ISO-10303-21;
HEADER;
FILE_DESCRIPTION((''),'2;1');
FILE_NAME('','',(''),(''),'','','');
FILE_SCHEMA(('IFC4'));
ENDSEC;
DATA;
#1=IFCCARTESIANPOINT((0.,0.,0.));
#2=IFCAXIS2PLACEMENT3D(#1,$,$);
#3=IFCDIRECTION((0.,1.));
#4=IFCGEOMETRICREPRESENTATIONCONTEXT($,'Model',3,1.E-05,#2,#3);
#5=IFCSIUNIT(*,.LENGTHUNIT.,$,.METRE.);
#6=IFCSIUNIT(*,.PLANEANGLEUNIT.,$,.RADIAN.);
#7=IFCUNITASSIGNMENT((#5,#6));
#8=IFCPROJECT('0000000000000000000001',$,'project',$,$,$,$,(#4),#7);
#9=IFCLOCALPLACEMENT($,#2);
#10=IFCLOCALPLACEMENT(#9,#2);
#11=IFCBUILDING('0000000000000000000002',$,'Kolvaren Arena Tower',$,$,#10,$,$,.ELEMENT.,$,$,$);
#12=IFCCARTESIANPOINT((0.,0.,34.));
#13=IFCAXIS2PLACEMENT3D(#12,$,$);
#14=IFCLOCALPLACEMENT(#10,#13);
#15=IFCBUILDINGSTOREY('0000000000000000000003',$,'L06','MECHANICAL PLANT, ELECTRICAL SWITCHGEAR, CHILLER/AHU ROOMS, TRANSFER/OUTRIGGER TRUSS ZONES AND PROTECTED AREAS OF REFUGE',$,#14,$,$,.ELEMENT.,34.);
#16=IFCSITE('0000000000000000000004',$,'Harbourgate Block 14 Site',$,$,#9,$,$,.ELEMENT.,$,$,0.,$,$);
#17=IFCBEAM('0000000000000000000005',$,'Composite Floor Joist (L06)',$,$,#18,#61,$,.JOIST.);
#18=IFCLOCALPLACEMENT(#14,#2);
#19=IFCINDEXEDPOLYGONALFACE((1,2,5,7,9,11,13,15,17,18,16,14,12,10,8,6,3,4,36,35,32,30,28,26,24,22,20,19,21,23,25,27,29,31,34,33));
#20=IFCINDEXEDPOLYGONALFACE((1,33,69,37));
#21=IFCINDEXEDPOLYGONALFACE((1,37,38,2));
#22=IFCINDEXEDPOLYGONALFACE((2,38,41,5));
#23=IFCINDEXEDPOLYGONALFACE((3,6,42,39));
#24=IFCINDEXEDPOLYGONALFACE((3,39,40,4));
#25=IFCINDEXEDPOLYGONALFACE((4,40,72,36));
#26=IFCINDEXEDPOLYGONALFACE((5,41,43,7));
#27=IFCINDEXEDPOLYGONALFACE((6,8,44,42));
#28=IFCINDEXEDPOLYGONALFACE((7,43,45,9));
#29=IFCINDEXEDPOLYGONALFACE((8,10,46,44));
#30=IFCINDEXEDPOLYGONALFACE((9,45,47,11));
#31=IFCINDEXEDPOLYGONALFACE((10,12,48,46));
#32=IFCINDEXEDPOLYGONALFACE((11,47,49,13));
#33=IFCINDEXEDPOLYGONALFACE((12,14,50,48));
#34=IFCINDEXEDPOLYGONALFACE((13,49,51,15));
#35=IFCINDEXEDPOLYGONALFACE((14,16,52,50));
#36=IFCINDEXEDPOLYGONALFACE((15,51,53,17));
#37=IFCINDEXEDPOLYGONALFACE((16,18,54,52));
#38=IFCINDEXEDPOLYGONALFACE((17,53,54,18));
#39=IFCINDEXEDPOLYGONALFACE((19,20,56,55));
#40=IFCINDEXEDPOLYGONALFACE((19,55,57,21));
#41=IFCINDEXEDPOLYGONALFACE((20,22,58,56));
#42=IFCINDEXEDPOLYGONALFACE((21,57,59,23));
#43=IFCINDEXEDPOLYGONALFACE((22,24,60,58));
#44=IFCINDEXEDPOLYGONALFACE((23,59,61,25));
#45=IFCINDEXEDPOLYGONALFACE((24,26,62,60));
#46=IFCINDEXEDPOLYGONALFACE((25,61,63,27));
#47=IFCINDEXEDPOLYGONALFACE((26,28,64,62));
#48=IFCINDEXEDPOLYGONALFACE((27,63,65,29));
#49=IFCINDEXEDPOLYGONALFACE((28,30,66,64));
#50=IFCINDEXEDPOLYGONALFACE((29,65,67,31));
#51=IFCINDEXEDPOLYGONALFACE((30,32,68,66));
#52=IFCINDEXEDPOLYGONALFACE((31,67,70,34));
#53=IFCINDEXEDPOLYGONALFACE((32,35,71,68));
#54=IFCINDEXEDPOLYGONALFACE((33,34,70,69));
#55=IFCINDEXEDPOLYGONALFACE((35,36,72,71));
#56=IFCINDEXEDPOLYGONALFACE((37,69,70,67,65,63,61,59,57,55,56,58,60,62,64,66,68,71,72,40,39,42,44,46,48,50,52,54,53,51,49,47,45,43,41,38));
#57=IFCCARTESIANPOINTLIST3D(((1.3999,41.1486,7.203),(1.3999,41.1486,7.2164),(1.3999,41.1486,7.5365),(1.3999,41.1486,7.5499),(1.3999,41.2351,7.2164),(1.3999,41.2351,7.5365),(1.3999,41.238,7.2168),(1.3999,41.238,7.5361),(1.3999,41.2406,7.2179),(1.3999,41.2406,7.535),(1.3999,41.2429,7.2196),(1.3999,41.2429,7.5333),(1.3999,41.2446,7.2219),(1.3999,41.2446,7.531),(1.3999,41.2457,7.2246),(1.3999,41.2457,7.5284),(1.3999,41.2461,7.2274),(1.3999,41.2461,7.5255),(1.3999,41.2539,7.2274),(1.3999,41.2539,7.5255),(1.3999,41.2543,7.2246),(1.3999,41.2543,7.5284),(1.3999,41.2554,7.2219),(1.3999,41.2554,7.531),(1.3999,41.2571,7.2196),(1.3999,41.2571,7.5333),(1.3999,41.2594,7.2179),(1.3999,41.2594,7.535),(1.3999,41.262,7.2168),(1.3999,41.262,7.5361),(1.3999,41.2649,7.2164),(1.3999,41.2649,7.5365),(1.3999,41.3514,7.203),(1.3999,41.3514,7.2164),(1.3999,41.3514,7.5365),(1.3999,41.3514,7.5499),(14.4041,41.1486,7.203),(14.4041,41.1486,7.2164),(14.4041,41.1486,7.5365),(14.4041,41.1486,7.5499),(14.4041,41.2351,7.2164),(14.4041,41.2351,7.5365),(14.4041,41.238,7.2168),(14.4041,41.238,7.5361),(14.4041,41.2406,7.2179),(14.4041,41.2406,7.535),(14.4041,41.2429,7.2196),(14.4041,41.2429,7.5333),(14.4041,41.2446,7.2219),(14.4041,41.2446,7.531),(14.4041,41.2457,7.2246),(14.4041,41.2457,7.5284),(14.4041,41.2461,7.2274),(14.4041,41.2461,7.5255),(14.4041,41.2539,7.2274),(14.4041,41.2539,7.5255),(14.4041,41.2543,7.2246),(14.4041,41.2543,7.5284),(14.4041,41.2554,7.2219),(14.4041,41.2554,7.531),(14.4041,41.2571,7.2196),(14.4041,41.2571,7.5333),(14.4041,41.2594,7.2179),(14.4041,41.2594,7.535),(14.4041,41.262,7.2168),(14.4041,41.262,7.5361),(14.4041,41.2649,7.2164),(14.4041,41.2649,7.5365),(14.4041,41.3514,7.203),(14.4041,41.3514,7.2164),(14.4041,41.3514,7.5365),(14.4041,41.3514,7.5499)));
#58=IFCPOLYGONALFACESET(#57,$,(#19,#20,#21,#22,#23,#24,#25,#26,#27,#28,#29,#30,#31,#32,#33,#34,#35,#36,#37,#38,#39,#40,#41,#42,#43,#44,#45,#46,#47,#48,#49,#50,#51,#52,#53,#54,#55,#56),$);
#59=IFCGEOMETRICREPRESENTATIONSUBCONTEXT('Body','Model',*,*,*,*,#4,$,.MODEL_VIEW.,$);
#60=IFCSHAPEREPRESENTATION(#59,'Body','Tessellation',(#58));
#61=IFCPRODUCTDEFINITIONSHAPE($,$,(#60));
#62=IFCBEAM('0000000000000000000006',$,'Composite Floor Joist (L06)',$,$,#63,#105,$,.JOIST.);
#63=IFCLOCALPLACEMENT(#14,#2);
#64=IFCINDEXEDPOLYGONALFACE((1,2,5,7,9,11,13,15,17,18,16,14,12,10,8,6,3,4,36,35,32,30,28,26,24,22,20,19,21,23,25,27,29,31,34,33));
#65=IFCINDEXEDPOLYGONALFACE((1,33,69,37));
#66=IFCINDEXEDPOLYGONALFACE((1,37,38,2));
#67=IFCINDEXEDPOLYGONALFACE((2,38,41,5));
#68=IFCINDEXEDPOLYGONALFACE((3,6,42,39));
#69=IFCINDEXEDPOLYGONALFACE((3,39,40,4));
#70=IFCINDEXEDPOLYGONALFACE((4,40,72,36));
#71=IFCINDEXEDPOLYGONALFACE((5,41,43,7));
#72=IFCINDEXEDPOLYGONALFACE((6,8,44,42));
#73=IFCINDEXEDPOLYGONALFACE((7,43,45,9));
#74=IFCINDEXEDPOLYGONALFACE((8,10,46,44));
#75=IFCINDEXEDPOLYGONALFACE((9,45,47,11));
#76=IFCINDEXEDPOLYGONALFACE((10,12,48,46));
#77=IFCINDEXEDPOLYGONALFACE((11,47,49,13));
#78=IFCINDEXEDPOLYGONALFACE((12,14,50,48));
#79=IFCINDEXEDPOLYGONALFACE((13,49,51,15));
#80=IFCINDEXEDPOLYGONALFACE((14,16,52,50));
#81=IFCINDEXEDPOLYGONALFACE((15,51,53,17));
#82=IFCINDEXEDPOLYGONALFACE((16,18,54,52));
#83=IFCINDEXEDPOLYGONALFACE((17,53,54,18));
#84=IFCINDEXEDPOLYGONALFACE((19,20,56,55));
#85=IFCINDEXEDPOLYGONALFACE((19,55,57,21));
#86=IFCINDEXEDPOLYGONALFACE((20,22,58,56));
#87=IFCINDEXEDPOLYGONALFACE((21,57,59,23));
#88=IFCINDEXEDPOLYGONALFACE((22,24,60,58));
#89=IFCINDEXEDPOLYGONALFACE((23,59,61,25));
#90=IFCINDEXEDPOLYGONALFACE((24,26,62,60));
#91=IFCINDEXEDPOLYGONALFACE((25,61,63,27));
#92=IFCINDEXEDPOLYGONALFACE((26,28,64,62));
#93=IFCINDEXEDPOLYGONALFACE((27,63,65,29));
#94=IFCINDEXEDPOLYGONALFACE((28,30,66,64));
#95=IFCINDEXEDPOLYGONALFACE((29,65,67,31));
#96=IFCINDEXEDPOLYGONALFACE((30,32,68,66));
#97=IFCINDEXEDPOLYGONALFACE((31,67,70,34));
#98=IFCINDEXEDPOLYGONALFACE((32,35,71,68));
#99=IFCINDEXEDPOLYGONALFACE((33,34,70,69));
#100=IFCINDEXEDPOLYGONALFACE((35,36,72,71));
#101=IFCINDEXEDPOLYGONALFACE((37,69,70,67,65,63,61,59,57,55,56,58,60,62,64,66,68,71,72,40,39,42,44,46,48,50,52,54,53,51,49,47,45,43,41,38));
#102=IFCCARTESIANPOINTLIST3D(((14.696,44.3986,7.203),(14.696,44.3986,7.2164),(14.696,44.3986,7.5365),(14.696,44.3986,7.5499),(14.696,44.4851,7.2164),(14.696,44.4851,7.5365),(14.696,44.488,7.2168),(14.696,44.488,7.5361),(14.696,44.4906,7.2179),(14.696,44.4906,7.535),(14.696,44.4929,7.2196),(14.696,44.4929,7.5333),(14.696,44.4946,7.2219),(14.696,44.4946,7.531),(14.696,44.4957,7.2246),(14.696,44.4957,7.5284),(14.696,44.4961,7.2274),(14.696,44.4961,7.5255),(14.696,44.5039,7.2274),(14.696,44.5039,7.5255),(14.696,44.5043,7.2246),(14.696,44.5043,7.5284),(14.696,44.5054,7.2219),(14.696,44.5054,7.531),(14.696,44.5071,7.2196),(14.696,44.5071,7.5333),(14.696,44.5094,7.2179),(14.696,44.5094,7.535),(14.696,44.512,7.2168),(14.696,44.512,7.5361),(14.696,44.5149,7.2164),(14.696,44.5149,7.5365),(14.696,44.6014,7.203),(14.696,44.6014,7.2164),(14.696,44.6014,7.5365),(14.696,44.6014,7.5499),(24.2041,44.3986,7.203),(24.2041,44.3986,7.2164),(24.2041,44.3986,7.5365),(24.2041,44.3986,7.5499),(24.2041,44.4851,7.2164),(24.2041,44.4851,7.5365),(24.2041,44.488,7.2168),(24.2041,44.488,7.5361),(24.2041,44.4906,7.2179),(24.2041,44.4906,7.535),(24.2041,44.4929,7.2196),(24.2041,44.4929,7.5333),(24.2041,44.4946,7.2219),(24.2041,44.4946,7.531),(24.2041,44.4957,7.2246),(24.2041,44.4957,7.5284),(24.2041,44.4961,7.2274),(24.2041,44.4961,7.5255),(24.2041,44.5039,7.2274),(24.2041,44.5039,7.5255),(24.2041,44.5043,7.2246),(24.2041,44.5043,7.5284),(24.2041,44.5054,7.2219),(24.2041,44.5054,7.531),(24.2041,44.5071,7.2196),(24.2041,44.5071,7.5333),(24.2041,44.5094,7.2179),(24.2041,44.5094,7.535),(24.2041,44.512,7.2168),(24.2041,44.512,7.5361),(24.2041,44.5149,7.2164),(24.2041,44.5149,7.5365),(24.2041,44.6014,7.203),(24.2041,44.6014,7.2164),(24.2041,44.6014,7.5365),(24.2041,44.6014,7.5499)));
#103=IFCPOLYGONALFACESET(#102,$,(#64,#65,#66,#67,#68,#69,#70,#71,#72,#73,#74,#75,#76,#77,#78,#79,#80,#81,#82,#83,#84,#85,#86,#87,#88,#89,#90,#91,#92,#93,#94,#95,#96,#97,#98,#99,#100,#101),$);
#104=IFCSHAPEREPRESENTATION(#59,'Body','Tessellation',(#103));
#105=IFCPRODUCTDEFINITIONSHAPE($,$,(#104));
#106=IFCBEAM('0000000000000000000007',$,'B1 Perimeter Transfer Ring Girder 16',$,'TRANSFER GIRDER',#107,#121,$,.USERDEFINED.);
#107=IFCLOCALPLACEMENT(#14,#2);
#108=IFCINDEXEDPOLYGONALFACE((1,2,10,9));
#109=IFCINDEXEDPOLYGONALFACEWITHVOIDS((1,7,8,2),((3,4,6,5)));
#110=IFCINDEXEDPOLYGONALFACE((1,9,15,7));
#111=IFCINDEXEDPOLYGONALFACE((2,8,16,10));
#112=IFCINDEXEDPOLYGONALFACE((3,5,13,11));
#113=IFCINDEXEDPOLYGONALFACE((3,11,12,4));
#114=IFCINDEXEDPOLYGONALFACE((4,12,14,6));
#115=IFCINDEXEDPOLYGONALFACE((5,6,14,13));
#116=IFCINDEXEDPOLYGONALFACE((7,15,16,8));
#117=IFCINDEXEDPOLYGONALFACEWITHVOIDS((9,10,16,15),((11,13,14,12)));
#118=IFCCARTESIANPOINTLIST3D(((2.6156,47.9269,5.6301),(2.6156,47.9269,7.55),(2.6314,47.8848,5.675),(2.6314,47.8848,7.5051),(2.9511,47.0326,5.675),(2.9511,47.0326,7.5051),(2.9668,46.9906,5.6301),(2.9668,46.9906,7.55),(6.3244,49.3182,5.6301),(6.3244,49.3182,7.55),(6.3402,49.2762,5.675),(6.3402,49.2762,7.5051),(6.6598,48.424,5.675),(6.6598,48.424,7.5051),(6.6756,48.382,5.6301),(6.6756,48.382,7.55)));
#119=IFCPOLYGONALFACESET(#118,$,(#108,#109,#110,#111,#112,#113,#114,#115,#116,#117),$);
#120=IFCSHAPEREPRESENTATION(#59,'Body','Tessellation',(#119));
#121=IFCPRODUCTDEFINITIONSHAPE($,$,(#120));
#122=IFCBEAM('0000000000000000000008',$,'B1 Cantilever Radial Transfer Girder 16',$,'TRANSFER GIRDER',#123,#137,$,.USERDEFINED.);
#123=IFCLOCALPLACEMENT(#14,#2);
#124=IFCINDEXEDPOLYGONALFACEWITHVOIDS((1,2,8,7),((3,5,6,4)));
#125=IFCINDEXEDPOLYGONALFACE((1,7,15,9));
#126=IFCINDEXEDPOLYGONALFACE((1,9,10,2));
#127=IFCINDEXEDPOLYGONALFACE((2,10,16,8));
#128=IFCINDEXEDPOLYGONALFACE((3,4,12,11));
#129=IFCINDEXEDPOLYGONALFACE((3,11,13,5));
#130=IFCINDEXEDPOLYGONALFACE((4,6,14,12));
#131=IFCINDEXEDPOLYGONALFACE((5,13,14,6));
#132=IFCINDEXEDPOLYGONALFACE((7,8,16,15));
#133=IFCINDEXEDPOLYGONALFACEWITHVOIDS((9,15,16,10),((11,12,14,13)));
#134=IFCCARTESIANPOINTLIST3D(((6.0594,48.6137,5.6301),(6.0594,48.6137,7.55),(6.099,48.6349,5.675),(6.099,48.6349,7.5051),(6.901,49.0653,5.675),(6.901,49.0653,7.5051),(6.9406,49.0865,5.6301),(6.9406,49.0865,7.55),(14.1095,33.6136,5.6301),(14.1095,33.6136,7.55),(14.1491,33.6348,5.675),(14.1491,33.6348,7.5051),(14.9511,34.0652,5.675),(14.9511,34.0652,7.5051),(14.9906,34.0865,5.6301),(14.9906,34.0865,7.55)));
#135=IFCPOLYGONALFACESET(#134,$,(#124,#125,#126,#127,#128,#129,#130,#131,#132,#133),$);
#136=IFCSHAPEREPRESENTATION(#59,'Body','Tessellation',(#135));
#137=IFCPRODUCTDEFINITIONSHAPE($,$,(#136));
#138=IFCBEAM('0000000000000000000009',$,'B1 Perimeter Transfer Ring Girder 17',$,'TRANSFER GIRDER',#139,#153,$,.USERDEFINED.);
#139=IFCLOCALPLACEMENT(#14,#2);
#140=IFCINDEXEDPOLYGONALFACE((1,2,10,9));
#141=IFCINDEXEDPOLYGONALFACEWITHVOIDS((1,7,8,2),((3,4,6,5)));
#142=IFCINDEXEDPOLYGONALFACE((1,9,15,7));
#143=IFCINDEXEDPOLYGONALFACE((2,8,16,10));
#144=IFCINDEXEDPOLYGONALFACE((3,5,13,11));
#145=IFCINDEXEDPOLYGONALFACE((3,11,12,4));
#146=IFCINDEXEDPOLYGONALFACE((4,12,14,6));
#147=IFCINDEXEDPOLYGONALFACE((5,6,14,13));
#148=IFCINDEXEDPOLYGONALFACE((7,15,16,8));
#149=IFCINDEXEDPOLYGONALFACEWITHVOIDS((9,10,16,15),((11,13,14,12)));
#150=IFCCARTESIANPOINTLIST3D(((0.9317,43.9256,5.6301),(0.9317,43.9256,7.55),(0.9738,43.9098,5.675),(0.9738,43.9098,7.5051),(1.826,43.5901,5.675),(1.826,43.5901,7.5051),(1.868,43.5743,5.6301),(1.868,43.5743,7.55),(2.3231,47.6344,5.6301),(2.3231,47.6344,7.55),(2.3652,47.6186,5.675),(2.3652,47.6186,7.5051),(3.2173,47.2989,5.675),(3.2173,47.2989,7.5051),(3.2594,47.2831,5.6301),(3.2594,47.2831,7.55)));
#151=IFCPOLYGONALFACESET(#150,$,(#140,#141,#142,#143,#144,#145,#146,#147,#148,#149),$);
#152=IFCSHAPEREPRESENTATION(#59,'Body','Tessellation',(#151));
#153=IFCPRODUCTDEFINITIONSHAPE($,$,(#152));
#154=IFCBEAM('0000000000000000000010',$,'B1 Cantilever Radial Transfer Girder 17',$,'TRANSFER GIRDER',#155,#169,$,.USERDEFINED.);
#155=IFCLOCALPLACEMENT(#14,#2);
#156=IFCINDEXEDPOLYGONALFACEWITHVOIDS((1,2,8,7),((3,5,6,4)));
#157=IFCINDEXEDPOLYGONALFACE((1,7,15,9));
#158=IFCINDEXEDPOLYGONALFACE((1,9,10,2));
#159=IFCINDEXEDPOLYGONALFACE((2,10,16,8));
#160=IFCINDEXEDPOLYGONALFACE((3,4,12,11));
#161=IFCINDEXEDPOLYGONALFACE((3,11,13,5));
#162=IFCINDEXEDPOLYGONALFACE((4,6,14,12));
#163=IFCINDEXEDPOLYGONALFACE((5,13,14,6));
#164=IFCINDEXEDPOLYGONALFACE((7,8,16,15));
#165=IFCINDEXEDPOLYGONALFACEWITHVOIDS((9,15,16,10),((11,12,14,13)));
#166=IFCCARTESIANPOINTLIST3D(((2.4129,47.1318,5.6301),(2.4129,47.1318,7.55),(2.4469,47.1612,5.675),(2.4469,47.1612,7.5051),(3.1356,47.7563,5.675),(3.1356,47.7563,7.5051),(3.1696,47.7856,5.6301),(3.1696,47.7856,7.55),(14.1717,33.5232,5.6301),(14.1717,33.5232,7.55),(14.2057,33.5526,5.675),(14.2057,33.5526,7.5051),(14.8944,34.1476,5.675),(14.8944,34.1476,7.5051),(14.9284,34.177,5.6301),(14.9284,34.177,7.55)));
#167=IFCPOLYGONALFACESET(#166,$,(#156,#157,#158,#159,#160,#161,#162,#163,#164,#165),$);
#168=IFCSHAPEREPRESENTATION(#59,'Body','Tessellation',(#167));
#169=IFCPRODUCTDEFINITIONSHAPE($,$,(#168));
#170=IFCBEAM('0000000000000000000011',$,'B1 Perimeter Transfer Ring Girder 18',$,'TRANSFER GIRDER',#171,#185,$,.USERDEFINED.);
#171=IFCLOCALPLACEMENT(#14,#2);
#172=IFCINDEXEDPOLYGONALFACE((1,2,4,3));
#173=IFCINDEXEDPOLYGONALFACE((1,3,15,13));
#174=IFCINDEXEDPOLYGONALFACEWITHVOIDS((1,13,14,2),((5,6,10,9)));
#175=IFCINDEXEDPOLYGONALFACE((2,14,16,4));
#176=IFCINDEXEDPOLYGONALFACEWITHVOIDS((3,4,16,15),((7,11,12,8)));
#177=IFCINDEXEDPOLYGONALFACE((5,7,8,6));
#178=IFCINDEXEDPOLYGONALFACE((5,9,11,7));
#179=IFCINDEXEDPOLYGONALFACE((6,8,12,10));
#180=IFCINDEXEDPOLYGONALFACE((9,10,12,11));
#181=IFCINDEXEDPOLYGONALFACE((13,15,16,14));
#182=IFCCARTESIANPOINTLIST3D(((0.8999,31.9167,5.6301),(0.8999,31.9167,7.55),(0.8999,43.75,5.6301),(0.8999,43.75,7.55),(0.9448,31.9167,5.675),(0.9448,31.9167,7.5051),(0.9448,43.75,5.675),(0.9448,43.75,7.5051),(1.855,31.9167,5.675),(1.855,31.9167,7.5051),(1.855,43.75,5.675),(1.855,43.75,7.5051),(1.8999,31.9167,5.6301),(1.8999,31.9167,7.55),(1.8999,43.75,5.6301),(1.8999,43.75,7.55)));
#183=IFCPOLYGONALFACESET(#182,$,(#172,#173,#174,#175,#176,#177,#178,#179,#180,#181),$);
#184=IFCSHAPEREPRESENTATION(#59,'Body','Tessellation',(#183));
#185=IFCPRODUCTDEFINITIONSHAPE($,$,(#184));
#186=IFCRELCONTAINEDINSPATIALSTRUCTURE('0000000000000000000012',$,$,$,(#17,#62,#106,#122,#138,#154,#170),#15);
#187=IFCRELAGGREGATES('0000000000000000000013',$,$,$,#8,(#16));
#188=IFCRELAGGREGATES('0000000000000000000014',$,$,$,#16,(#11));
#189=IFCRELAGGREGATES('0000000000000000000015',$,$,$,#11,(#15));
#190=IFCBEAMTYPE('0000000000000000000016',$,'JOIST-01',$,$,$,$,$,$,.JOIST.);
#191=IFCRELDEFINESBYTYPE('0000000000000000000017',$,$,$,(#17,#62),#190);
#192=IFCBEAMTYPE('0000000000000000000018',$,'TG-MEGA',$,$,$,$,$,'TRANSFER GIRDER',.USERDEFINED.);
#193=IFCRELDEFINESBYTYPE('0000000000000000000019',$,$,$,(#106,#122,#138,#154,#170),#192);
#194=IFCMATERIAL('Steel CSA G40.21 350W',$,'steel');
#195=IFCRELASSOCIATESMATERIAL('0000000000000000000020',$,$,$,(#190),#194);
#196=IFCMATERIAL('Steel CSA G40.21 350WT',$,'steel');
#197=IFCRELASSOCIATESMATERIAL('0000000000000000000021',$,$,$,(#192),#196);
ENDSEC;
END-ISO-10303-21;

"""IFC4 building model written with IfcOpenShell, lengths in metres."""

from ifc_helpers import new_model, si_unit, direction, frame, origin, origin_2d, place, context, subcontext, project, spatial, hollow_rectangle, i_section, extrude, material, material_profile, profile_set, type_object, element, save


model = new_model("IFC4")

# Units and contexts
model_context = context("Model", 3, precision=1e-05, world=origin(), true_north=direction((0.0, 1.0)))
body_context = subcontext(model_context, "Body", "Model", "MODEL_VIEW")
ifc_project = project(units=[si_unit("LENGTHUNIT", "METRE"), si_unit("PLANEANGLEUNIT", "RADIAN")], contexts=[model_context])

# Site, building, storey
site_placement = place(None, origin())
site = spatial("IfcSite", under=ifc_project, at=site_placement, Name="Harbourgate Block 14 Site", CompositionType="ELEMENT", RefElevation=0.0)
building_placement = place(site_placement, origin())
building = spatial("IfcBuilding", under=site, at=building_placement, Name="Kolvaren Arena Tower", CompositionType="ELEMENT")
storey_placement = place(building_placement, frame((0.0, 0.0, 34.0)))
storey = spatial("IfcBuildingStorey", under=building, at=storey_placement, Name="L06", Description="MECHANICAL PLANT, ELECTRICAL SWITCHGEAR, CHILLER/AHU ROOMS, TRANSFER/OUTRIGGER TRUSS ZONES AND PROTECTED AREAS OF REFUGE", CompositionType="ELEMENT", Elevation=34.0)

# Shared definitions
ifc_material_1 = material(Name="Steel CSA G40.21 350W", Category="steel")

# Shared definitions
ifc_material_2 = material(Name="Steel CSA G40.21 350WT", Category="steel")

# Beams
ifc_material_profile_1 = material_profile(ifc_material_1, i_section(OverallWidth=0.2029, OverallDepth=0.3469, WebThickness=0.0078, FlangeThickness=0.0134, FilletRadius=0.011, at=origin_2d()), Name="W360x64")
ifc_profile_set_1 = profile_set([ifc_material_profile_1], Name="Steel CSA G40.21 350W")
beam_type_1 = type_object("IfcBeamType", Name="JOIST-01", PredefinedType="JOIST", material=ifc_profile_set_1)
for number, where, z_axis, x_axis, name in (
    (1, (1.3999, 41.25, 7.3765), (1.0, 0.0, 0.0), (0.0, 1.0, 0.0), "Composite Floor Joist (L06)"),
):
    element("IfcBeam", number, at=place(storey_placement, frame(where, z_axis=z_axis, x_axis=x_axis)), inside=storey, type_object=beam_type_1, Name=name, PredefinedType="JOIST", context=body_context, shape_type="SweptSolid", body=[
        extrude(i_section(OverallWidth=0.2029, OverallDepth=0.3469, WebThickness=0.0078, FlangeThickness=0.0134, FilletRadius=0.011, at=origin_2d()), origin(), (0.0, 0.0, 1.0), 13.0042),
    ])
beam_1_placement = place(storey_placement, frame((14.696, 44.5, 7.3765), z_axis=(1.0, 0.0, 0.0), x_axis=(0.0, 1.0, 0.0)))
element("IfcBeam", 2, at=beam_1_placement, inside=storey, type_object=beam_type_1, Name="Composite Floor Joist (L06)", PredefinedType="JOIST", context=body_context, shape_type="SweptSolid", body=[
    extrude(i_section(OverallWidth=0.2029, OverallDepth=0.3469, WebThickness=0.0078, FlangeThickness=0.0134, FilletRadius=0.011, at=origin_2d()), origin(), (0.0, 0.0, 1.0), 9.5081),
])
ifc_material_profile_2 = material_profile(ifc_material_2, hollow_rectangle(XDim=1.0, YDim=1.9199, WallThickness=0.0449, at=origin_2d()), Name="BOX 1000x1920x45")
ifc_profile_set_2 = profile_set([ifc_material_profile_2], Name="Steel CSA G40.21 350WT")
beam_type_2 = type_object("IfcBeamType", Name="TG-MEGA", ElementType="TRANSFER GIRDER", PredefinedType="USERDEFINED", material=ifc_profile_set_2)
beam_2_placement = place(storey_placement, frame((6.5, 48.8501, 6.5901), z_axis=(-0.936281, -0.351252, 0.0), x_axis=(0.351252, -0.936281, 0.0)))
element("IfcBeam", 3, at=beam_2_placement, inside=storey, type_object=beam_type_2, Name="B1 Perimeter Transfer Ring Girder 16", ObjectType="TRANSFER GIRDER", PredefinedType="USERDEFINED", context=body_context, shape_type="SweptSolid", body=[
    extrude(hollow_rectangle(XDim=1.0, YDim=1.9199, WallThickness=0.0449, at=origin_2d()), origin(), (0.0, 0.0, 1.0), 3.9612),
])
beam_3_placement = place(storey_placement, frame((6.5, 48.8501, 6.5901), z_axis=(0.472876, -0.881129, 0.0), x_axis=(0.881129, 0.472876, 0.0)))
element("IfcBeam", 4, at=beam_3_placement, inside=storey, type_object=beam_type_2, Name="B1 Cantilever Radial Transfer Girder 16", ObjectType="TRANSFER GIRDER", PredefinedType="USERDEFINED", context=body_context, shape_type="SweptSolid", body=[
    extrude(hollow_rectangle(XDim=1.0, YDim=1.9199, WallThickness=0.0449, at=origin_2d()), origin(), (0.0, 0.0, 1.0), 17.0237),
])
beam_4_placement = place(storey_placement, frame((2.7913, 47.4587, 6.5901), z_axis=(-0.351252, -0.936281, 0.0), x_axis=(0.936281, -0.351252, 0.0)))
element("IfcBeam", 5, at=beam_4_placement, inside=storey, type_object=beam_type_2, Name="B1 Perimeter Transfer Ring Girder 17", ObjectType="TRANSFER GIRDER", PredefinedType="USERDEFINED", context=body_context, shape_type="SweptSolid", body=[
    extrude(hollow_rectangle(XDim=1.0, YDim=1.9199, WallThickness=0.0449, at=origin_2d()), origin(), (0.0, 0.0, 1.0), 3.9612),
])
beam_5_placement = place(storey_placement, frame((2.7913, 47.4587, 6.5901), z_axis=(0.653807, -0.756662, 0.0), x_axis=(0.756662, 0.653807, 0.0)))
element("IfcBeam", 6, at=beam_5_placement, inside=storey, type_object=beam_type_2, Name="B1 Cantilever Radial Transfer Girder 17", ObjectType="TRANSFER GIRDER", PredefinedType="USERDEFINED", context=body_context, shape_type="SweptSolid", body=[
    extrude(hollow_rectangle(XDim=1.0, YDim=1.9199, WallThickness=0.0449, at=origin_2d()), origin(), (0.0, 0.0, 1.0), 17.9851),
])
beam_6_placement = place(storey_placement, frame((1.3999, 43.75, 6.5901), z_axis=(0.0, -1.0, 0.0), x_axis=(1.0, 0.0, 0.0)))
element("IfcBeam", 7, at=beam_6_placement, inside=storey, type_object=beam_type_2, Name="B1 Perimeter Transfer Ring Girder 18", ObjectType="TRANSFER GIRDER", PredefinedType="USERDEFINED", context=body_context, shape_type="SweptSolid", body=[
    extrude(hollow_rectangle(XDim=1.0, YDim=1.9199, WallThickness=0.0449, at=origin_2d()), origin(), (0.0, 0.0, 1.0), 11.8333),
])

save(model, "model.ifc")
